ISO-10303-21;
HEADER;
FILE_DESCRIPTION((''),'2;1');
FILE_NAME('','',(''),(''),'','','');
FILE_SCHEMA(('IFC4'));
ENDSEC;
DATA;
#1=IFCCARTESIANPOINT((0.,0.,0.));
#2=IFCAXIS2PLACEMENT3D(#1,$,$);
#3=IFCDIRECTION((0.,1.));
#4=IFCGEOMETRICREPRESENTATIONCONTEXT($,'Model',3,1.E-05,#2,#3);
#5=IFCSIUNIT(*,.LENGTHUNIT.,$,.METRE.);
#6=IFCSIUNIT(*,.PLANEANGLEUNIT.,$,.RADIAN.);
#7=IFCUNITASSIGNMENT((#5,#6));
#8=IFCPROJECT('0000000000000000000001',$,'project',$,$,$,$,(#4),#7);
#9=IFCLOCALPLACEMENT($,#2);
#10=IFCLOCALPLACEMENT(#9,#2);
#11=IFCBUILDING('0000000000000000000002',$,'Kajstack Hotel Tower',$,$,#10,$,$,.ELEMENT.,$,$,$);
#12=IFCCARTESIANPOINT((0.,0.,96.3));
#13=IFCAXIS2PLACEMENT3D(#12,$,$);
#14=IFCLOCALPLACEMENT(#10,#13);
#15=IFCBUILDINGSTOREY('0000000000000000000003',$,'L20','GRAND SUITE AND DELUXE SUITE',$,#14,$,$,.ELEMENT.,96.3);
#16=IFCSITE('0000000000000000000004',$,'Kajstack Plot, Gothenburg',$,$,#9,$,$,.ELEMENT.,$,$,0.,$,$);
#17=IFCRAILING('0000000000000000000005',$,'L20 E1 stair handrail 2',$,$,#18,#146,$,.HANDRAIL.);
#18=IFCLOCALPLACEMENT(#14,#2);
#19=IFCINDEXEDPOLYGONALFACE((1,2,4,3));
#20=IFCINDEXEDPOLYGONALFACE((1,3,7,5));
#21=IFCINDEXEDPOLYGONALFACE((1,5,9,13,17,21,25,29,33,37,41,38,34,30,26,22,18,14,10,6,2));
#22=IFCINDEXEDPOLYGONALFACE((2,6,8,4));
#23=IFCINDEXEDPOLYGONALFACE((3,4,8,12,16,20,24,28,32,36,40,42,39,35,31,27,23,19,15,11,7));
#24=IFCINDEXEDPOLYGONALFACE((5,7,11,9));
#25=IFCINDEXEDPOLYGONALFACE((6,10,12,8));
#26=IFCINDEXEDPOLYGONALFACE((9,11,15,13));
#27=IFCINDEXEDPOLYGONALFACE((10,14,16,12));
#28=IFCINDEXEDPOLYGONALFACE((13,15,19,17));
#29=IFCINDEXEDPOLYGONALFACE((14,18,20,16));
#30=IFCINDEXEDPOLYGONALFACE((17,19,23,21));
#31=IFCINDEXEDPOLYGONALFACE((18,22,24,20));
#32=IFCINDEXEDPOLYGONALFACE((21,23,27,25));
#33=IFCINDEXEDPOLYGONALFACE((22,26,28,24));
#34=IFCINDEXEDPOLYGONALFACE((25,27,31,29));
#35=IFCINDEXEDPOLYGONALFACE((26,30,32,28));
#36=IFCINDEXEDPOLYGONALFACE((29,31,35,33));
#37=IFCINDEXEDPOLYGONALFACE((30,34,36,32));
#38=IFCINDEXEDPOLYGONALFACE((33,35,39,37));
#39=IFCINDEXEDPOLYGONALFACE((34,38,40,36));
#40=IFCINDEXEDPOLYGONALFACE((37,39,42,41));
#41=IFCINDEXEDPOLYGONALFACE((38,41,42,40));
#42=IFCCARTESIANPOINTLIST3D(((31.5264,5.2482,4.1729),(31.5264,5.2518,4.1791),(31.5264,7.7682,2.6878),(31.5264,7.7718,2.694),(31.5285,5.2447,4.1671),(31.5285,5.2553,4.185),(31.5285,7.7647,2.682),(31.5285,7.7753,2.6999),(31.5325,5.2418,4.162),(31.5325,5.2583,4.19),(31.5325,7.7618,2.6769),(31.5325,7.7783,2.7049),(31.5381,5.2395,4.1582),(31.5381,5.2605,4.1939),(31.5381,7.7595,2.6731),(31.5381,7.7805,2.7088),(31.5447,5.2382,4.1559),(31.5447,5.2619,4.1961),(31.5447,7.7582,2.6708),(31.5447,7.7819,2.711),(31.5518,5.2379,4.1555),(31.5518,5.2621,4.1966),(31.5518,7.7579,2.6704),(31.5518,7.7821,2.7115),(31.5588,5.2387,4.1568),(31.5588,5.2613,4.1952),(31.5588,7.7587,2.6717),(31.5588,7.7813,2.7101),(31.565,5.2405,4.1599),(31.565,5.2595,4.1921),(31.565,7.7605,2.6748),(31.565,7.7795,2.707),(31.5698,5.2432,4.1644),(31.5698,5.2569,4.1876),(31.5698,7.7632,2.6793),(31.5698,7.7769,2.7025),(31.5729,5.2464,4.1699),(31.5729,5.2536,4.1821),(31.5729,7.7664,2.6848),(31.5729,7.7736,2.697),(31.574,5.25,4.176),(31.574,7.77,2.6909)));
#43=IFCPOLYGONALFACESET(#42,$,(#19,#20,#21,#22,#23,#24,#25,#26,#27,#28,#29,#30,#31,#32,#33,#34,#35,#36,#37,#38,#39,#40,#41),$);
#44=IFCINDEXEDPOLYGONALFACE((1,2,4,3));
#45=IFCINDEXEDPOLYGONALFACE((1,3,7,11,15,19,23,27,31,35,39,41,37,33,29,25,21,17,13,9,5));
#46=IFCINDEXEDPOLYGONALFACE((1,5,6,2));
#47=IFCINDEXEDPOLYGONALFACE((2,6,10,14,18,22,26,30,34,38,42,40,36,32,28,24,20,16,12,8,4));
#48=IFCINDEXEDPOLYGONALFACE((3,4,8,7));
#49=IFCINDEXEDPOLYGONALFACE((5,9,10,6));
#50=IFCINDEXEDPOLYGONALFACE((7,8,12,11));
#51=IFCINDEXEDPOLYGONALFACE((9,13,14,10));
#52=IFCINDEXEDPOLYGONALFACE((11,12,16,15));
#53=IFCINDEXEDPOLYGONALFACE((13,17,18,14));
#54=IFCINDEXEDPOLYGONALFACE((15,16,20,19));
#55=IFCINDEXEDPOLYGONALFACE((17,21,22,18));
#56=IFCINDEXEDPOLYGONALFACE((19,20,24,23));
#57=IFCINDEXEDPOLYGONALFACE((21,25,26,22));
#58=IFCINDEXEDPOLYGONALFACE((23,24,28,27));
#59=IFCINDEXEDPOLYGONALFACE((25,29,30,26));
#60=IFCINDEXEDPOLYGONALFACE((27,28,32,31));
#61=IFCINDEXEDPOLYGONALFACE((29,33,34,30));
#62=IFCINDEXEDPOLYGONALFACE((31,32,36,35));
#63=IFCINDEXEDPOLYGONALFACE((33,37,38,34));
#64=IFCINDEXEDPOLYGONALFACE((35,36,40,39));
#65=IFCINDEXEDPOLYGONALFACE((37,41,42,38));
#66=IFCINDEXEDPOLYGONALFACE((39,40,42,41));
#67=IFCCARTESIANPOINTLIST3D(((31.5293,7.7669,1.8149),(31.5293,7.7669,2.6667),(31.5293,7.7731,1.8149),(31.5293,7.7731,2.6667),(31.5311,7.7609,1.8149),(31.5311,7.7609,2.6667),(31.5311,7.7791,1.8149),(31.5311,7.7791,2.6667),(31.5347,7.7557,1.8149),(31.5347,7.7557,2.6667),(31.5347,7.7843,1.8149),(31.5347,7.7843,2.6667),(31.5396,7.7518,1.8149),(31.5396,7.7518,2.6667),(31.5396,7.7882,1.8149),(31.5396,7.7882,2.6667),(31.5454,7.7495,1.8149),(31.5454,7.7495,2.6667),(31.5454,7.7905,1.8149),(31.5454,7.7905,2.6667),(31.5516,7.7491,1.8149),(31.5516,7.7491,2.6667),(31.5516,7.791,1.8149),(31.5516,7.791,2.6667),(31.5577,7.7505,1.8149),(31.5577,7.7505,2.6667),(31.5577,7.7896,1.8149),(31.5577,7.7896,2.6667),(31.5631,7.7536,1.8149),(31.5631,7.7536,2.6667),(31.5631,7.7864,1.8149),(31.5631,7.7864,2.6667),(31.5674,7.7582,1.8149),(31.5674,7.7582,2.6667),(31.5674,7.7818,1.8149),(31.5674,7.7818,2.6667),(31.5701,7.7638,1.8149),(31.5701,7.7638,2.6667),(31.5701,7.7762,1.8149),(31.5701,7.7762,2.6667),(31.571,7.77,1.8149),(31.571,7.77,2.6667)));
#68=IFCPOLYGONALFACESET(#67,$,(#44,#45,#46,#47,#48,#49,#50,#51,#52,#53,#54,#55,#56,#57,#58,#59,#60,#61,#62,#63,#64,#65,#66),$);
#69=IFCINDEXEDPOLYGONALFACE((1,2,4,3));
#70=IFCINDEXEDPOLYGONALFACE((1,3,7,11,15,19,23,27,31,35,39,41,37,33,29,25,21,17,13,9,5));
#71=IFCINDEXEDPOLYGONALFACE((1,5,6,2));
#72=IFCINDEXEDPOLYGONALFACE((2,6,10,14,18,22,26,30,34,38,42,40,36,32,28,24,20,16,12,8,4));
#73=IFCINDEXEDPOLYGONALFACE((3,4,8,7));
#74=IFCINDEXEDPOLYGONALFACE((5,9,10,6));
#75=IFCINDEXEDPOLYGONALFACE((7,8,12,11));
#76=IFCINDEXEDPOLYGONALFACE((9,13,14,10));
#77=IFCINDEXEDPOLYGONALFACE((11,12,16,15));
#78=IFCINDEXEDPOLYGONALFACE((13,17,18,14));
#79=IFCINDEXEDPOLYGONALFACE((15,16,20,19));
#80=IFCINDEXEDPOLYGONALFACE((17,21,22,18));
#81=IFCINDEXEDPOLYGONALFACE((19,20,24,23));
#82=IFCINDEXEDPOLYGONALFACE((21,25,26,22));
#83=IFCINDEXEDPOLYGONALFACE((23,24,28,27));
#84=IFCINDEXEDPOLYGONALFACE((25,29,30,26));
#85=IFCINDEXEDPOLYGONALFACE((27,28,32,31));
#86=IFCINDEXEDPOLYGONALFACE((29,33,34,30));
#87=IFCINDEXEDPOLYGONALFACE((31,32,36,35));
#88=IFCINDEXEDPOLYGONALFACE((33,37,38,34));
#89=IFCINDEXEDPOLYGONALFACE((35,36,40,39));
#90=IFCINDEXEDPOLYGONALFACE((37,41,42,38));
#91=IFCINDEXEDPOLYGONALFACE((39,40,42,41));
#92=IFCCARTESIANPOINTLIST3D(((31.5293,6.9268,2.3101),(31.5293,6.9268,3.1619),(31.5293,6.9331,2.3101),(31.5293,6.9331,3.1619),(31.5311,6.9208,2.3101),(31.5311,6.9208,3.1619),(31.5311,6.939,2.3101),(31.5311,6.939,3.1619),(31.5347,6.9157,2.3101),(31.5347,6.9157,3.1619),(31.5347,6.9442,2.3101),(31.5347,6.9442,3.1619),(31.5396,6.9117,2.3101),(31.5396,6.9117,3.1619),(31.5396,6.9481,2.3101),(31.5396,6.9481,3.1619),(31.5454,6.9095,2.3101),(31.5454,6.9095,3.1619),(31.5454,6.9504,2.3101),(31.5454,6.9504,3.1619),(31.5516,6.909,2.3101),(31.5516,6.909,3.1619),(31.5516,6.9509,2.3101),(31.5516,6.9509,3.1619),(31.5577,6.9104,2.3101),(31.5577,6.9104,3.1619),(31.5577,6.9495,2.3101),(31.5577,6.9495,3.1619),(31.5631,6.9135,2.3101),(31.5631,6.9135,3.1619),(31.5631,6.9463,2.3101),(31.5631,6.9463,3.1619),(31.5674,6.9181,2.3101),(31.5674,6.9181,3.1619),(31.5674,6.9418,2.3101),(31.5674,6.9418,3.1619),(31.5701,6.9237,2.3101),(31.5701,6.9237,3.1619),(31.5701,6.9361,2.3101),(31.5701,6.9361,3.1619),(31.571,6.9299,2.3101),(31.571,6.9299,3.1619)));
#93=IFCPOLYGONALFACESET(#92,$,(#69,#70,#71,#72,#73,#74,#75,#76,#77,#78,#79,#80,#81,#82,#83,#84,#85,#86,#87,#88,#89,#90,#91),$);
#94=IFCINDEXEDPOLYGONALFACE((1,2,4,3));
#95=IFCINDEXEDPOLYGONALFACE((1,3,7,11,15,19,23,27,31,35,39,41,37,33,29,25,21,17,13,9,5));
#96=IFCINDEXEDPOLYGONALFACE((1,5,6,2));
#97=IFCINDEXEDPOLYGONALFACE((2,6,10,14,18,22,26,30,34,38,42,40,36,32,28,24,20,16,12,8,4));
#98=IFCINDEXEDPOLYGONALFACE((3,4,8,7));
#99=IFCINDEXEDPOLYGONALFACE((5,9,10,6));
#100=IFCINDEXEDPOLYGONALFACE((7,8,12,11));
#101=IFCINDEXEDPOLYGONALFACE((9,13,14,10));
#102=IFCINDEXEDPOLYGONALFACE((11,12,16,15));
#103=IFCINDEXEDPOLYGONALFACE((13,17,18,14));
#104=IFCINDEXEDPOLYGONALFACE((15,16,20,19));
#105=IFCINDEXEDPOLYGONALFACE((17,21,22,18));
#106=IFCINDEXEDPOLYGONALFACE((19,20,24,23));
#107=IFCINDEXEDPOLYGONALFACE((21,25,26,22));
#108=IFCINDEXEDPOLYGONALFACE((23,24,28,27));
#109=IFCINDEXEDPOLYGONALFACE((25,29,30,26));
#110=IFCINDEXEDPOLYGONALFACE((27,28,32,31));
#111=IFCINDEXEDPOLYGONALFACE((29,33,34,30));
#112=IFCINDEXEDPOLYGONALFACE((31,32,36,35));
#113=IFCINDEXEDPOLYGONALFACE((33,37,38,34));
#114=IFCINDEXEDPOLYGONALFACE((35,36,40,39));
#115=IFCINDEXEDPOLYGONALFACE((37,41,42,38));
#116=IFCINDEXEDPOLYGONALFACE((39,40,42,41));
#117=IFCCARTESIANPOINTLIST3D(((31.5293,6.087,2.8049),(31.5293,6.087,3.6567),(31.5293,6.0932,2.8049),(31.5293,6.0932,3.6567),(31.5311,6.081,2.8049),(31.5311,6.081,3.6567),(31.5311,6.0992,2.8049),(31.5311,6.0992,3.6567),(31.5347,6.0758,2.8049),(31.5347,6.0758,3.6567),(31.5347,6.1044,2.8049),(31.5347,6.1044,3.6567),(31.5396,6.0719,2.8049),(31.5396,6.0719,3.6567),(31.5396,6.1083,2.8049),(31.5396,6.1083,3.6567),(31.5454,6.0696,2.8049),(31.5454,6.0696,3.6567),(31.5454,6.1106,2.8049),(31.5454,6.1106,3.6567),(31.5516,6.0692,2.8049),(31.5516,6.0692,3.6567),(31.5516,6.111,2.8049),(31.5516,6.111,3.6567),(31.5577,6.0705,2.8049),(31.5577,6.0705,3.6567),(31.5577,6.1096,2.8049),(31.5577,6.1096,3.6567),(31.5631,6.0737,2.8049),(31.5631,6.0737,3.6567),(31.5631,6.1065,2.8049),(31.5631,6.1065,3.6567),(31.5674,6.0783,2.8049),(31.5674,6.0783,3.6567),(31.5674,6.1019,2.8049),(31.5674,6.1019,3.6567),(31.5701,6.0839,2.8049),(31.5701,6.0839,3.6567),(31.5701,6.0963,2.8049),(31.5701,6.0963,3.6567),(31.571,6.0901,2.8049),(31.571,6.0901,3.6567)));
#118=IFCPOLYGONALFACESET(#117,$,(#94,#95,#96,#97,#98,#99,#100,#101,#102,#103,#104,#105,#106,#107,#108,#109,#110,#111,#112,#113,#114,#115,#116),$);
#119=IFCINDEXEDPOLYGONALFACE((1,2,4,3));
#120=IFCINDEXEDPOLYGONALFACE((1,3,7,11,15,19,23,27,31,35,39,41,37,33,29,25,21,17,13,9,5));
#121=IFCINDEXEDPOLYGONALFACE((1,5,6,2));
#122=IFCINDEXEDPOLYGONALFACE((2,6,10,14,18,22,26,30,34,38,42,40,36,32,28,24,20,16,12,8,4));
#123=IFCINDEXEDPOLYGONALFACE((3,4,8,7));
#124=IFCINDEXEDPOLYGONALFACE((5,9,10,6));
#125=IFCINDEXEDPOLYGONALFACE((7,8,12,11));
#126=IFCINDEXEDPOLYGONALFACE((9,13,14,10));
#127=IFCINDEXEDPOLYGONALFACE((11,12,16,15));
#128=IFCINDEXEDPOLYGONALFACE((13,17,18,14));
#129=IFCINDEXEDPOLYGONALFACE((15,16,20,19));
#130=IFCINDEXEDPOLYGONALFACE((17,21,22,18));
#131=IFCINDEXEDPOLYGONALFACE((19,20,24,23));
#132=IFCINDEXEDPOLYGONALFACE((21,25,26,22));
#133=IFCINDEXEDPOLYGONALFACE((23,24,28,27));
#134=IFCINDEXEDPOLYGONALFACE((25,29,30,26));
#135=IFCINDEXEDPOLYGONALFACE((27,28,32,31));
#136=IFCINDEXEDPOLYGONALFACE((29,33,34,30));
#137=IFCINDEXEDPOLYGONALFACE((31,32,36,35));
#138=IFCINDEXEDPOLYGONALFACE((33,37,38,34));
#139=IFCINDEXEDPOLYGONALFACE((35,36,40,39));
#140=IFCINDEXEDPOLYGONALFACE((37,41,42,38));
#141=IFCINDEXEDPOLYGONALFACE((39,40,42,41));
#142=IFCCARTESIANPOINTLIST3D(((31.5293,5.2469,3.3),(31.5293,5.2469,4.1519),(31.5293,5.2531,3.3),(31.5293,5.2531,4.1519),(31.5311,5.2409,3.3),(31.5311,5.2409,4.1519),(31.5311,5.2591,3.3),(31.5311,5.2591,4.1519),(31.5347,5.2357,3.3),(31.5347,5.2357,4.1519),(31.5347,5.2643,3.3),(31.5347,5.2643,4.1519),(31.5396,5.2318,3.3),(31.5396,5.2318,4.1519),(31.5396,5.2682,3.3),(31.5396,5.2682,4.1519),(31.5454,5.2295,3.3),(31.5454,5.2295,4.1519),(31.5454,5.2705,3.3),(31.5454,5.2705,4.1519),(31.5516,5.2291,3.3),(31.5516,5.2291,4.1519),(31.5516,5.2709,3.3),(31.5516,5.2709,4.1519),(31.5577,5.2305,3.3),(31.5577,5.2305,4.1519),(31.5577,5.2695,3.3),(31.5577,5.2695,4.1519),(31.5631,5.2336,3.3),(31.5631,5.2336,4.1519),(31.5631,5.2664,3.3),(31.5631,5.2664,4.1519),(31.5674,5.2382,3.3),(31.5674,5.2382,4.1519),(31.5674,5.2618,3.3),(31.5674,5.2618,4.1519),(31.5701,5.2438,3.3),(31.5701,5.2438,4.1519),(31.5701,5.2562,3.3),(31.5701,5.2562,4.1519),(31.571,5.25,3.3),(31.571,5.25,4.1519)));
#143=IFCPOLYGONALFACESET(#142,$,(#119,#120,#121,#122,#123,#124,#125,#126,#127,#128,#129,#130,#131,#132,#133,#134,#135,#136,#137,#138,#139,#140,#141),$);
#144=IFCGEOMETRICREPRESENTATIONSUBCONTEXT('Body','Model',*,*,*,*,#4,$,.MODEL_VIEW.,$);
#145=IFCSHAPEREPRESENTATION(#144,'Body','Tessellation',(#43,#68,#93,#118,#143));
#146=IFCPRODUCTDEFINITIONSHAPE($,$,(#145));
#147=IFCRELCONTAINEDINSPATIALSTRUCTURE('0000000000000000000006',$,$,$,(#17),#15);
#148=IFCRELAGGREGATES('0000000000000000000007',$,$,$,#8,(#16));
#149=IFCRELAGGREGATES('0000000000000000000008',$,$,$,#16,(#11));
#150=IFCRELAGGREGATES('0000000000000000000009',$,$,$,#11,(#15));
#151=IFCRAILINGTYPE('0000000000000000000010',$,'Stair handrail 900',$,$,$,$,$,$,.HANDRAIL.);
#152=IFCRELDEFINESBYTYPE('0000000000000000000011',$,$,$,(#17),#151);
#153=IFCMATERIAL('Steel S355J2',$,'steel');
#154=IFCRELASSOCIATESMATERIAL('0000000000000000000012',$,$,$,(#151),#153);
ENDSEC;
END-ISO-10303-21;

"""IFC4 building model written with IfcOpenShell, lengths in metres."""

from ifc_helpers import new_model, si_unit, direction, frame, origin, origin_2d, place, context, subcontext, project, spatial, circle, extrude, material, type_object, element, save


model = new_model("IFC4")

# Units and contexts
model_context = context("Model", 3, precision=1e-05, world=origin(), true_north=direction((0.0, 1.0)))
body_context = subcontext(model_context, "Body", "Model", "MODEL_VIEW")
ifc_project = project(units=[si_unit("LENGTHUNIT", "METRE"), si_unit("PLANEANGLEUNIT", "RADIAN")], contexts=[model_context])

# Site, building, storey
site_placement = place(None, origin())
site = spatial("IfcSite", under=ifc_project, at=site_placement, Name="Kajstack Plot, Gothenburg", CompositionType="ELEMENT", RefElevation=0.0)
building_placement = place(site_placement, origin())
building = spatial("IfcBuilding", under=site, at=building_placement, Name="Kajstack Hotel Tower", CompositionType="ELEMENT")
storey_placement = place(building_placement, frame((0.0, 0.0, 96.3)))
storey = spatial("IfcBuildingStorey", under=building, at=storey_placement, Name="L20", Description="GRAND SUITE AND DELUXE SUITE", CompositionType="ELEMENT", Elevation=96.3)

# Railing
ifc_material_1 = material(Name="Steel S355J2", Category="steel")
railing_type_1 = type_object("IfcRailingType", Name="Stair handrail 900", PredefinedType="HANDRAIL", material=ifc_material_1)
railing_1_placement = place(storey_placement, frame((31.55, 7.77, 1.8149)))
element("IfcRailing", 1, at=railing_1_placement, inside=storey, type_object=railing_type_1, Name="L20 E1 stair handrail 2", PredefinedType="HANDRAIL", context=body_context, shape_type="SweptSolid", body=[
    extrude(circle(Radius=0.0239, at=origin_2d()), frame((0.0, 0.0, 0.876), z_axis=(0.0, -0.861524, 0.507717), x_axis=(1.0, 0.0, 0.0)), (0.0, 0.0, 1.0), 2.925),
    extrude(circle(Radius=0.021, at=origin_2d()), origin(), (0.0, 0.0, 1.0), 0.8518),
    extrude(circle(Radius=0.021, at=origin_2d()), frame((0.0, -0.8401, 0.4951)), (0.0, 0.0, 1.0), 0.8518),
    extrude(circle(Radius=0.021, at=origin_2d()), frame((0.0, -1.6799, 0.99)), (0.0, 0.0, 1.0), 0.8518),
    extrude(circle(Radius=0.021, at=origin_2d()), frame((0.0, -2.52, 1.4851)), (0.0, 0.0, 1.0), 0.8518),
])

save(model, "model.ifc")
